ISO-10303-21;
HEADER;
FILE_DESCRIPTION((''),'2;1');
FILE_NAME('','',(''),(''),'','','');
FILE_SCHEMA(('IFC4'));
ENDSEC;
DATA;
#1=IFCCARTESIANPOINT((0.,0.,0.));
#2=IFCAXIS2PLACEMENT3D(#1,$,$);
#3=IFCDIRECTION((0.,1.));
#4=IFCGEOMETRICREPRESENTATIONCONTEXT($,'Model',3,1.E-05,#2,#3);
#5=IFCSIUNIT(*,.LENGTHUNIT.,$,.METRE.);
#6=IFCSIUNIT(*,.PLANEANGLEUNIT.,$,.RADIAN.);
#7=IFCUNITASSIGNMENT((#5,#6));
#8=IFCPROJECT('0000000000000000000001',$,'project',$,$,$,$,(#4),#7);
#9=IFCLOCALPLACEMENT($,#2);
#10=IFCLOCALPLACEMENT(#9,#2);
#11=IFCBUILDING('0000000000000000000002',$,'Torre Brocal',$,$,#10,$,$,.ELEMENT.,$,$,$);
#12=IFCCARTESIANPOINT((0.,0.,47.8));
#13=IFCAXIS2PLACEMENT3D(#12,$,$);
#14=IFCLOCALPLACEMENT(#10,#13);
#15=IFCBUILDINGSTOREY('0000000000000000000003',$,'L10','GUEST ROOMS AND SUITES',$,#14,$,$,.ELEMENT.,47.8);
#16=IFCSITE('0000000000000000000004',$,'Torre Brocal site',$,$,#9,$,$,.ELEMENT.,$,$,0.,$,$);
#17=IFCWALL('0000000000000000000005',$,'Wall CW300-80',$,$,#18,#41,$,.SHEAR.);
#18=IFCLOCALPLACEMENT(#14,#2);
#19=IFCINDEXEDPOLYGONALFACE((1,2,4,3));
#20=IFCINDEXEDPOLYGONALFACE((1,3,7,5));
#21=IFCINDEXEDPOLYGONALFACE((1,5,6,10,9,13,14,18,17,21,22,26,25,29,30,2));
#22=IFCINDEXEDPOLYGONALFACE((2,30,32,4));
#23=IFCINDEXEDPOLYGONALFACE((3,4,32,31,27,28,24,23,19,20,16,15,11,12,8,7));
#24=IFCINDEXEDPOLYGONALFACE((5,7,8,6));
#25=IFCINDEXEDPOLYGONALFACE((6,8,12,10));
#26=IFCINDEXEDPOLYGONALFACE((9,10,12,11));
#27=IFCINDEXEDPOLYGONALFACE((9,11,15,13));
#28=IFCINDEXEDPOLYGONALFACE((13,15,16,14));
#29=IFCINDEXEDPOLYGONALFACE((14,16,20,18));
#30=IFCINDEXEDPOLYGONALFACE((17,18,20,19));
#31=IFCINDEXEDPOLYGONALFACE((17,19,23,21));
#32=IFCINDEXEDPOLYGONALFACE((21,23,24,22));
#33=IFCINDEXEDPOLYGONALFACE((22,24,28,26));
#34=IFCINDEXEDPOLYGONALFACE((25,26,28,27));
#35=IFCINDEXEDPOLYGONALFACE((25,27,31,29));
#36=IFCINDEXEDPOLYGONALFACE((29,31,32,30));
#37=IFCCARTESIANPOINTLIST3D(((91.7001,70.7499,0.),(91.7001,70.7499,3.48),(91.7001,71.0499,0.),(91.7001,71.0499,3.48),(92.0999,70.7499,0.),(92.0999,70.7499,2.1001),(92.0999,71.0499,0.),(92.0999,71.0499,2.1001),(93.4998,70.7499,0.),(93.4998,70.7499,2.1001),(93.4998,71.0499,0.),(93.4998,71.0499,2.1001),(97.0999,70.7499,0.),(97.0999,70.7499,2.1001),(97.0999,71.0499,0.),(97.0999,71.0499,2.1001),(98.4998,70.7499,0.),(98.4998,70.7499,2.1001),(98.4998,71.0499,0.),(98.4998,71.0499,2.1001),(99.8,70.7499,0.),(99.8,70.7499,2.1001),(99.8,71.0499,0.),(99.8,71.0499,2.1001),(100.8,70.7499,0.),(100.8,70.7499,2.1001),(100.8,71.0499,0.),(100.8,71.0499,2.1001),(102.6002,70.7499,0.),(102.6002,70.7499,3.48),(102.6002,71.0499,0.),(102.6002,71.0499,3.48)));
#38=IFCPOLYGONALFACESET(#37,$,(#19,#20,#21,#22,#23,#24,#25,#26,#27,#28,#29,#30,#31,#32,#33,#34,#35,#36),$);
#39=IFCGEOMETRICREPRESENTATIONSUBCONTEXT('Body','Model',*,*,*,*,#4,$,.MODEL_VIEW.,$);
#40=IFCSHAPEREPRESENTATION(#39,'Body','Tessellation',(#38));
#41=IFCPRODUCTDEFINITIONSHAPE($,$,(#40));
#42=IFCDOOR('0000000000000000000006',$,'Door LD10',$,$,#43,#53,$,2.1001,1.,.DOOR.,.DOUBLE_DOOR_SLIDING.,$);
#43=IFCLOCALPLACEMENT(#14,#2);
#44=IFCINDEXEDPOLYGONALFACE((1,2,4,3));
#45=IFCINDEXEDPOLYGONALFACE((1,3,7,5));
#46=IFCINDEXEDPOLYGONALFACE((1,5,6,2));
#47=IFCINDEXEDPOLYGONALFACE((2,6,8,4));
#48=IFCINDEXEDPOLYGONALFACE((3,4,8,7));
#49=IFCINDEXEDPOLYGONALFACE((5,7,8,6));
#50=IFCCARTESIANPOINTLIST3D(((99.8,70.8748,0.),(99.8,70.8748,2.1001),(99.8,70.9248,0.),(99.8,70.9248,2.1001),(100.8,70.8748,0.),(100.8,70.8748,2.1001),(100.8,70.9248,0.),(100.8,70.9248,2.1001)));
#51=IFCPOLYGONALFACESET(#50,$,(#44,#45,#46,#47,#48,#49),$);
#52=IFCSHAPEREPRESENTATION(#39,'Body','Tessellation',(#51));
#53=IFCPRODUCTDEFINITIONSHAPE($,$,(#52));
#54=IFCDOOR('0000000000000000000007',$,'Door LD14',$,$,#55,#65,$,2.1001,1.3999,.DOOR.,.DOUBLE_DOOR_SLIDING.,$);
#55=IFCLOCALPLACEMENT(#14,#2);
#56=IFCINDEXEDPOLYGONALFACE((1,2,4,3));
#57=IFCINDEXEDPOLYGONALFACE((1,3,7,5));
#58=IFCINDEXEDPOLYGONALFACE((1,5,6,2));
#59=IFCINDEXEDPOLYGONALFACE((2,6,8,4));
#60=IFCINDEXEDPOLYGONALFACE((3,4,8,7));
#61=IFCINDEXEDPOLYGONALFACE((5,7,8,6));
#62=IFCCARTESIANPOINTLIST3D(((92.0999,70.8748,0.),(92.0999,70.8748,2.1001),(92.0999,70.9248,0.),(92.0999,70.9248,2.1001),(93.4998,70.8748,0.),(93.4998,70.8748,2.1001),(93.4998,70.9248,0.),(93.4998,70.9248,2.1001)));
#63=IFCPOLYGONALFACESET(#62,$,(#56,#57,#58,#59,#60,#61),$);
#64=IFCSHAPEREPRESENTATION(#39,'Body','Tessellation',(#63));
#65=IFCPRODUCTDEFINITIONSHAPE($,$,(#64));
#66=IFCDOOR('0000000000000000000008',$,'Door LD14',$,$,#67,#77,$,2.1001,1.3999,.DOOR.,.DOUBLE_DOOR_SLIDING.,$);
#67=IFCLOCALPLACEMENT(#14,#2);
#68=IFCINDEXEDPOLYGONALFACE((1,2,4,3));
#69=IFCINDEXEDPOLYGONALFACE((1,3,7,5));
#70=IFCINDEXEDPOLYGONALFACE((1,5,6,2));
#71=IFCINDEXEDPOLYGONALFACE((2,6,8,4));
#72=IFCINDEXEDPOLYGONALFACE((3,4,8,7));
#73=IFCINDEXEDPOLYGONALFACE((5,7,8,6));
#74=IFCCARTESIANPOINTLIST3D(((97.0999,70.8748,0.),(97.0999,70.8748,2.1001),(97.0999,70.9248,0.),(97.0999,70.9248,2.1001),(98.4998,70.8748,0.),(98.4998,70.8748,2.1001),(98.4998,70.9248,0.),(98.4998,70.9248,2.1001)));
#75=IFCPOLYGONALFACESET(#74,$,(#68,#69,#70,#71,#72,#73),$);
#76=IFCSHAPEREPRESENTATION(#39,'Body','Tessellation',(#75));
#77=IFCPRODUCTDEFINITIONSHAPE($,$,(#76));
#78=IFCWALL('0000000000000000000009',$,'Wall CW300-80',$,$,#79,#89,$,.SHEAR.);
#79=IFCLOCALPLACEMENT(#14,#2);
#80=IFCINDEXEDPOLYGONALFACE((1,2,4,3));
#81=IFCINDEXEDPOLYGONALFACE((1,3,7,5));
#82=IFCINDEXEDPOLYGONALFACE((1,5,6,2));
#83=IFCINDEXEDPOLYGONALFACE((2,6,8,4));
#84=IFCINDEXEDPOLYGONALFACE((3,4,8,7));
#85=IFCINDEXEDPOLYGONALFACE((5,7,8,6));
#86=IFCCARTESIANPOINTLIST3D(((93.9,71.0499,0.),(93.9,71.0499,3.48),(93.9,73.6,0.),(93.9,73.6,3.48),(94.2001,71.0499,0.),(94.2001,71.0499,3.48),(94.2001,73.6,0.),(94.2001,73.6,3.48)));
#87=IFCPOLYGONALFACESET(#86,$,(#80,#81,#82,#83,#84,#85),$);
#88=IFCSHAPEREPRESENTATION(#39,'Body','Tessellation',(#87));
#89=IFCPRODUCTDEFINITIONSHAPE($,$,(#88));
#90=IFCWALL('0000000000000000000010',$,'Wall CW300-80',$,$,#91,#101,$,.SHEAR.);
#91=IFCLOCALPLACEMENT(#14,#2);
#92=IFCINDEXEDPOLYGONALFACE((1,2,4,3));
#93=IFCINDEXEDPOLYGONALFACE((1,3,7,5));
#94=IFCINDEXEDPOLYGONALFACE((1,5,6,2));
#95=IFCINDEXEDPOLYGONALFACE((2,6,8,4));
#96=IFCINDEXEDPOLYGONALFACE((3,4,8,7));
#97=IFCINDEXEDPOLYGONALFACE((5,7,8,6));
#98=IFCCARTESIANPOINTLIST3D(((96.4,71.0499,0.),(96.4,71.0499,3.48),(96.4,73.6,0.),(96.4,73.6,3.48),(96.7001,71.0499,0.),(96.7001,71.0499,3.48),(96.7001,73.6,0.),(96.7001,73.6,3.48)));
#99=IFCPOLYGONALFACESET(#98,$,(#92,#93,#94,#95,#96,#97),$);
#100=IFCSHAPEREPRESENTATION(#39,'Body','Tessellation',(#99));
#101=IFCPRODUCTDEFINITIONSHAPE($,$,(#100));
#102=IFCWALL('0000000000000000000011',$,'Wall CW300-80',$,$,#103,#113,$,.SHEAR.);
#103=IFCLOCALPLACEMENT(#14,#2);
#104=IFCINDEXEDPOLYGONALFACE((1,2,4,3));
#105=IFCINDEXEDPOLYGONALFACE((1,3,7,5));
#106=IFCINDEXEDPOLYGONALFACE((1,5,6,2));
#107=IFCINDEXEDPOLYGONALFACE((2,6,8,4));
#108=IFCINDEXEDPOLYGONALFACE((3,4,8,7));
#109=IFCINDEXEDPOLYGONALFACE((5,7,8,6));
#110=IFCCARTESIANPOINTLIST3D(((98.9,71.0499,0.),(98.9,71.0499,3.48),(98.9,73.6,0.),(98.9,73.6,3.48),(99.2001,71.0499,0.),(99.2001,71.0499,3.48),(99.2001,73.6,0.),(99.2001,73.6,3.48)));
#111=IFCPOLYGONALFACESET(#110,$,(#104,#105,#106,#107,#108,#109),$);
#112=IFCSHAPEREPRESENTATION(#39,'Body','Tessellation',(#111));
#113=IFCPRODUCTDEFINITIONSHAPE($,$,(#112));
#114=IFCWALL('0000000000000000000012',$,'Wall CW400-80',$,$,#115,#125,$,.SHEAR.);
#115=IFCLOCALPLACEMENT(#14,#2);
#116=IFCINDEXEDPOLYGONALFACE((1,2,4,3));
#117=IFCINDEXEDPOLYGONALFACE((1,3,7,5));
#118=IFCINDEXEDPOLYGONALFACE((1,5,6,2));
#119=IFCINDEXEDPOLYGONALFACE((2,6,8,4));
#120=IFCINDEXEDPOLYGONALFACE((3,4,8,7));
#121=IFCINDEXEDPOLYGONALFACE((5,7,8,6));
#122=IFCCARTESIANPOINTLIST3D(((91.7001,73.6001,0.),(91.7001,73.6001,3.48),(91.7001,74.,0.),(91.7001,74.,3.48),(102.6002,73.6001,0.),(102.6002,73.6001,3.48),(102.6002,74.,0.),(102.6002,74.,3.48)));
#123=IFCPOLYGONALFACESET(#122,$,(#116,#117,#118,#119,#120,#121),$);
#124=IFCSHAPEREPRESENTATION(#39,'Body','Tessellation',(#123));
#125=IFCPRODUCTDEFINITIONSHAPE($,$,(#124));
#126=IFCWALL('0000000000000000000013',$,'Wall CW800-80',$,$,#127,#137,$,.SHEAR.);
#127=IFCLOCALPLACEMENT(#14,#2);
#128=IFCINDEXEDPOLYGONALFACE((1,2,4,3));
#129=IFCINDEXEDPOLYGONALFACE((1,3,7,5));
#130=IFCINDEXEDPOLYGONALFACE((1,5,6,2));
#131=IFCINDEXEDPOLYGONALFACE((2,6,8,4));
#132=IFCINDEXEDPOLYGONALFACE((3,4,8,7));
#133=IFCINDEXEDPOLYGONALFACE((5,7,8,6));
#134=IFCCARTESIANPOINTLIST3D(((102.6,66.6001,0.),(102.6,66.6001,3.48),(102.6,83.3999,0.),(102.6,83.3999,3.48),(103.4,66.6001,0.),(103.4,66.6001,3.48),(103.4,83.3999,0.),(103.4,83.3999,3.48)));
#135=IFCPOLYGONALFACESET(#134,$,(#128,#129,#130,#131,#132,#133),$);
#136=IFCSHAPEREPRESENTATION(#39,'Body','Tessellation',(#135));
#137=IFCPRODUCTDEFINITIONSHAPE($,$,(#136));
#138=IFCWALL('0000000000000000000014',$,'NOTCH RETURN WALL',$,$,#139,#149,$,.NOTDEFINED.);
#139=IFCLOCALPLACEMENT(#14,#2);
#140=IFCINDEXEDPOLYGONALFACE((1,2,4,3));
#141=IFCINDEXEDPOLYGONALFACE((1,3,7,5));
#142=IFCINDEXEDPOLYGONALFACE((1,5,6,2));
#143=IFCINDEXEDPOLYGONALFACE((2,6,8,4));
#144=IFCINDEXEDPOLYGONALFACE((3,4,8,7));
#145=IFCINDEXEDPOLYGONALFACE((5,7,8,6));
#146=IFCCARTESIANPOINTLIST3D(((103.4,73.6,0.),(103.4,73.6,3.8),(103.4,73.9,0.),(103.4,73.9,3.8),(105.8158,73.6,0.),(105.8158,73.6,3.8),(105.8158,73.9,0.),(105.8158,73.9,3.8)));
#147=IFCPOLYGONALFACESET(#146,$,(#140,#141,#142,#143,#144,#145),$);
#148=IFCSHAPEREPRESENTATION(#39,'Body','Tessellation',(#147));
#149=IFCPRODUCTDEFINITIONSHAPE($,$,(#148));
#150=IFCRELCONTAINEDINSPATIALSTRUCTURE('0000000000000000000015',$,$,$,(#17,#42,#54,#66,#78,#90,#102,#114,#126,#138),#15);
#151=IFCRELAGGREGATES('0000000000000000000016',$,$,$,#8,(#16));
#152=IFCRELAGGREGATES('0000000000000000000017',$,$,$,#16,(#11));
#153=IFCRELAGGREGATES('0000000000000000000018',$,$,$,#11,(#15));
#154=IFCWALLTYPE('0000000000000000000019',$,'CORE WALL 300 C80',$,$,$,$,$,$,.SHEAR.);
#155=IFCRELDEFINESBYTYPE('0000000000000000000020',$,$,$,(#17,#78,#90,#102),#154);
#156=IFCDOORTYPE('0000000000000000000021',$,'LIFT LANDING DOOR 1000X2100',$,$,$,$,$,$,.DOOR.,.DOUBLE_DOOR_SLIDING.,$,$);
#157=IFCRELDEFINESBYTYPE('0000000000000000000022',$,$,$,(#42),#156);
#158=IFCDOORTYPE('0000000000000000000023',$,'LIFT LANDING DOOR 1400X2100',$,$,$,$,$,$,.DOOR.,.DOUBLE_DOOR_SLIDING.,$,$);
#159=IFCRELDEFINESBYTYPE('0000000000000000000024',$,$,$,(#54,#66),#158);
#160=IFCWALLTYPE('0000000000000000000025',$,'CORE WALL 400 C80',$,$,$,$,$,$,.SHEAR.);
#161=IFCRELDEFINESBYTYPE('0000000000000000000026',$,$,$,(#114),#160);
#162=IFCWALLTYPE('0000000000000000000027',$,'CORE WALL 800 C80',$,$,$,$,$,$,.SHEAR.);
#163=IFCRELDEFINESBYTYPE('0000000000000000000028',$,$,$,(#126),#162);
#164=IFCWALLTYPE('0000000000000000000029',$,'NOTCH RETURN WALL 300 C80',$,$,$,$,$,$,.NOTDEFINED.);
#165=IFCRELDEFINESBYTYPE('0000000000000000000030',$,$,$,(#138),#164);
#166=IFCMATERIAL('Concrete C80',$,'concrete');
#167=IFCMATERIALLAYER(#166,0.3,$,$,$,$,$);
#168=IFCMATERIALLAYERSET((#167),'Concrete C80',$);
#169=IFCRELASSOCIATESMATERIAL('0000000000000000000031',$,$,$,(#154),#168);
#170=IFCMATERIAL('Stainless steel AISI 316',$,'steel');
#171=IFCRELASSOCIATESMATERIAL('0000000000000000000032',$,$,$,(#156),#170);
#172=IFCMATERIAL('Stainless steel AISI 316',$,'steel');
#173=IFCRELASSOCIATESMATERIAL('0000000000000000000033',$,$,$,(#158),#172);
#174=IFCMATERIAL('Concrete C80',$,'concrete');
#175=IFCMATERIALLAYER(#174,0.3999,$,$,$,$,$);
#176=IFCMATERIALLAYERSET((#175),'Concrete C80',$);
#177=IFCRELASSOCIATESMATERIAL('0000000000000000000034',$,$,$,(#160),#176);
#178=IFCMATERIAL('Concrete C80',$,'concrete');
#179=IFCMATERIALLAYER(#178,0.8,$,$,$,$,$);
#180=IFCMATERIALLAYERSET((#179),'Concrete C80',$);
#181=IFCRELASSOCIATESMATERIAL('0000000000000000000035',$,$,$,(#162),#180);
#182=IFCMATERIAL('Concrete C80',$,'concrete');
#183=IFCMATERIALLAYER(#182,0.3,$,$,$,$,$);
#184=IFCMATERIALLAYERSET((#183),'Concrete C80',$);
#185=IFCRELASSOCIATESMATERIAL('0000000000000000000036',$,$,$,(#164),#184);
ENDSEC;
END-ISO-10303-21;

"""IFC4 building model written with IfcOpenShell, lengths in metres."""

from ifc_helpers import new_model, si_unit, direction, frame, frame_2d, origin, place, context, subcontext, project, spatial, rectangle, extrude, material, layer, layer_set, type_object, element, fill, save


model = new_model("IFC4")

# Units and contexts
model_context = context("Model", 3, precision=1e-05, world=origin(), true_north=direction((0.0, 1.0)))
body_context = subcontext(model_context, "Body", "Model", "MODEL_VIEW")
ifc_project = project(units=[si_unit("LENGTHUNIT", "METRE"), si_unit("PLANEANGLEUNIT", "RADIAN")], contexts=[model_context])

# Site, building, storey
site_placement = place(None, origin())
site = spatial("IfcSite", under=ifc_project, at=site_placement, Name="Torre Brocal site", CompositionType="ELEMENT", RefElevation=0.0)
building_placement = place(site_placement, origin())
building = spatial("IfcBuilding", under=site, at=building_placement, Name="Torre Brocal", CompositionType="ELEMENT")
storey_placement = place(building_placement, frame((0.0, 0.0, 47.8)))
storey = spatial("IfcBuildingStorey", under=building, at=storey_placement, Name="L10", Description="GUEST ROOMS AND SUITES", CompositionType="ELEMENT", Elevation=47.8)

# Shared definitions
ifc_material_1 = material(Name="Concrete C80", Category="concrete")
ifc_layer_1 = layer(ifc_material_1, 0.3)
ifc_layer_set_1 = layer_set([ifc_layer_1], Name="Concrete C80")
wall_type_1 = type_object("IfcWallType", Name="CORE WALL 300 C80", PredefinedType="SHEAR", material=ifc_layer_set_1)

# Wall, openings, doors
wall_1_placement = place(storey_placement, frame((91.7, 70.8999, 0.0), z_axis=(0.0, 0.0, 1.0), x_axis=(1.0, 0.0, 0.0)))
wall_1 = element("IfcWall", 1, at=wall_1_placement, inside=storey, type_object=wall_type_1, Name="Wall CW300-80", PredefinedType="SHEAR", context=body_context, shape_type="SweptSolid", body=[
    extrude(rectangle(XDim=10.9001, YDim=0.3, at=frame_2d((5.4502, 0.0))), origin(), (0.0, 0.0, 1.0), 3.48),
])
opening_1_placement = place(wall_1_placement, frame((0.3999, 0.0, 0.0)))
opening_1 = element("IfcOpeningElement", 2, at=opening_1_placement, cuts=wall_1, PredefinedType="OPENING", context=body_context, shape_type="SweptSolid", body=[
    extrude(rectangle(XDim=1.3999, YDim=2.1001, at=frame_2d((0.7, 1.05))), frame((0.0, 0.1599, 0.0), z_axis=(0.0, -1.0, 0.0), x_axis=(1.0, 0.0, 0.0)), (0.0, 0.0, 1.0), 0.3201),
])
opening_2_placement = place(wall_1_placement, frame((5.3999, 0.0, 0.0)))
opening_2 = element("IfcOpeningElement", 3, at=opening_2_placement, cuts=wall_1, PredefinedType="OPENING", context=body_context, shape_type="SweptSolid", body=[
    extrude(rectangle(XDim=1.3999, YDim=2.1001, at=frame_2d((0.7, 1.05))), frame((0.0, 0.1599, 0.0), z_axis=(0.0, -1.0, 0.0), x_axis=(1.0, 0.0, 0.0)), (0.0, 0.0, 1.0), 0.3201),
])
opening_3_placement = place(wall_1_placement, frame((8.1001, 0.0, 0.0)))
opening_3 = element("IfcOpeningElement", 4, at=opening_3_placement, cuts=wall_1, PredefinedType="OPENING", context=body_context, shape_type="SweptSolid", body=[
    extrude(rectangle(XDim=1.0, YDim=2.1001, at=frame_2d((0.5, 1.05))), frame((0.0, 0.1599, 0.0), z_axis=(0.0, -1.0, 0.0), x_axis=(1.0, 0.0, 0.0)), (0.0, 0.0, 1.0), 0.3201),
])
ifc_material_2 = material(Name="Stainless steel AISI 316", Category="steel")
door_type_1 = type_object("IfcDoorType", Name="LIFT LANDING DOOR 1000X2100", OperationType="DOUBLE_DOOR_SLIDING", PredefinedType="DOOR", material=ifc_material_2)
door_1_placement = place(opening_3_placement, origin())
door_1 = element("IfcDoor", 5, at=door_1_placement, inside=storey, type_object=door_type_1, Name="Door LD10", OperationType="DOUBLE_DOOR_SLIDING", OverallHeight=2.1001, OverallWidth=1.0, PredefinedType="DOOR", context=body_context, shape_type="SweptSolid", body=[
    extrude(rectangle(XDim=1.0, YDim=2.1001, at=frame_2d((0.5, 1.05))), frame((0.0, 0.0249, 0.0), z_axis=(0.0, -1.0, 0.0), x_axis=(1.0, 0.0, 0.0)), (0.0, 0.0, 1.0), 0.05),
])
fill(opening_3, door_1)
ifc_material_3 = material(Name="Stainless steel AISI 316", Category="steel")
door_type_2 = type_object("IfcDoorType", Name="LIFT LANDING DOOR 1400X2100", OperationType="DOUBLE_DOOR_SLIDING", PredefinedType="DOOR", material=ifc_material_3)
door_2_placement = place(opening_1_placement, origin())
door_2 = element("IfcDoor", 6, at=door_2_placement, inside=storey, type_object=door_type_2, Name="Door LD14", OperationType="DOUBLE_DOOR_SLIDING", OverallHeight=2.1001, OverallWidth=1.3999, PredefinedType="DOOR", context=body_context, shape_type="SweptSolid", body=[
    extrude(rectangle(XDim=1.3999, YDim=2.1001, at=frame_2d((0.7, 1.05))), frame((0.0, 0.0249, 0.0), z_axis=(0.0, -1.0, 0.0), x_axis=(1.0, 0.0, 0.0)), (0.0, 0.0, 1.0), 0.05),
])
fill(opening_1, door_2)
door_3_placement = place(opening_2_placement, origin())
door_3 = element("IfcDoor", 7, at=door_3_placement, inside=storey, type_object=door_type_2, Name="Door LD14", OperationType="DOUBLE_DOOR_SLIDING", OverallHeight=2.1001, OverallWidth=1.3999, PredefinedType="DOOR", context=body_context, shape_type="SweptSolid", body=[
    extrude(rectangle(XDim=1.3999, YDim=2.1001, at=frame_2d((0.7, 1.05))), frame((0.0, 0.0249, 0.0), z_axis=(0.0, -1.0, 0.0), x_axis=(1.0, 0.0, 0.0)), (0.0, 0.0, 1.0), 0.05),
])
fill(opening_2, door_3)

# Walls
for number, where, z_axis, x_axis, name in (
    (8, (94.05, 71.05, 0.0), (0.0, 0.0, 1.0), (0.0, 1.0, 0.0), "Wall CW300-80"),
    (9, (96.55, 71.05, 0.0), (0.0, 0.0, 1.0), (0.0, 1.0, 0.0), "Wall CW300-80"),
    (10, (99.05, 71.05, 0.0), (0.0, 0.0, 1.0), (0.0, 1.0, 0.0), "Wall CW300-80"),
):
    element("IfcWall", number, at=place(storey_placement, frame(where, z_axis=z_axis, x_axis=x_axis)), inside=storey, type_object=wall_type_1, Name=name, PredefinedType="SHEAR", context=body_context, shape_type="SweptSolid", body=[
        extrude(rectangle(XDim=2.55, YDim=0.3, at=frame_2d((1.2749, 0.0))), origin(), (0.0, 0.0, 1.0), 3.48),
    ])
ifc_material_4 = material(Name="Concrete C80", Category="concrete")
ifc_layer_2 = layer(ifc_material_4, 0.3999)
ifc_layer_set_2 = layer_set([ifc_layer_2], Name="Concrete C80")
wall_type_2 = type_object("IfcWallType", Name="CORE WALL 400 C80", PredefinedType="SHEAR", material=ifc_layer_set_2)
wall_2_placement = place(storey_placement, frame((91.7, 73.8, 0.0), z_axis=(0.0, 0.0, 1.0), x_axis=(1.0, 0.0, 0.0)))
element("IfcWall", 11, at=wall_2_placement, inside=storey, type_object=wall_type_2, Name="Wall CW400-80", PredefinedType="SHEAR", context=body_context, shape_type="SweptSolid", body=[
    extrude(rectangle(XDim=10.9001, YDim=0.3999, at=frame_2d((5.4502, 0.0))), origin(), (0.0, 0.0, 1.0), 3.48),
])
ifc_material_5 = material(Name="Concrete C80", Category="concrete")
ifc_layer_3 = layer(ifc_material_5, 0.8)
ifc_layer_set_3 = layer_set([ifc_layer_3], Name="Concrete C80")
wall_type_3 = type_object("IfcWallType", Name="CORE WALL 800 C80", PredefinedType="SHEAR", material=ifc_layer_set_3)
wall_3_placement = place(storey_placement, frame((103.0, 66.6001, 0.0), z_axis=(0.0, 0.0, 1.0), x_axis=(0.0, 1.0, 0.0)))
element("IfcWall", 12, at=wall_3_placement, inside=storey, type_object=wall_type_3, Name="Wall CW800-80", PredefinedType="SHEAR", context=body_context, shape_type="SweptSolid", body=[
    extrude(rectangle(XDim=16.7998, YDim=0.8, at=frame_2d((8.3999, 0.0))), origin(), (0.0, 0.0, 1.0), 3.48),
])
ifc_material_6 = material(Name="Concrete C80", Category="concrete")
ifc_layer_4 = layer(ifc_material_6, 0.3)
ifc_layer_set_4 = layer_set([ifc_layer_4], Name="Concrete C80")
wall_type_4 = type_object("IfcWallType", Name="NOTCH RETURN WALL 300 C80", PredefinedType="NOTDEFINED", material=ifc_layer_set_4)
wall_4_placement = place(storey_placement, frame((103.3999, 73.75, 0.0), z_axis=(0.0, 0.0, 1.0), x_axis=(1.0, 0.0, 0.0)))
element("IfcWall", 13, at=wall_4_placement, inside=storey, type_object=wall_type_4, Name="NOTCH RETURN WALL", PredefinedType="NOTDEFINED", context=body_context, shape_type="SweptSolid", body=[
    extrude(rectangle(XDim=2.4158, YDim=0.3, at=frame_2d((1.208, 0.0))), origin(), (0.0, 0.0, 1.0), 3.8),
])

save(model, "model.ifc")
